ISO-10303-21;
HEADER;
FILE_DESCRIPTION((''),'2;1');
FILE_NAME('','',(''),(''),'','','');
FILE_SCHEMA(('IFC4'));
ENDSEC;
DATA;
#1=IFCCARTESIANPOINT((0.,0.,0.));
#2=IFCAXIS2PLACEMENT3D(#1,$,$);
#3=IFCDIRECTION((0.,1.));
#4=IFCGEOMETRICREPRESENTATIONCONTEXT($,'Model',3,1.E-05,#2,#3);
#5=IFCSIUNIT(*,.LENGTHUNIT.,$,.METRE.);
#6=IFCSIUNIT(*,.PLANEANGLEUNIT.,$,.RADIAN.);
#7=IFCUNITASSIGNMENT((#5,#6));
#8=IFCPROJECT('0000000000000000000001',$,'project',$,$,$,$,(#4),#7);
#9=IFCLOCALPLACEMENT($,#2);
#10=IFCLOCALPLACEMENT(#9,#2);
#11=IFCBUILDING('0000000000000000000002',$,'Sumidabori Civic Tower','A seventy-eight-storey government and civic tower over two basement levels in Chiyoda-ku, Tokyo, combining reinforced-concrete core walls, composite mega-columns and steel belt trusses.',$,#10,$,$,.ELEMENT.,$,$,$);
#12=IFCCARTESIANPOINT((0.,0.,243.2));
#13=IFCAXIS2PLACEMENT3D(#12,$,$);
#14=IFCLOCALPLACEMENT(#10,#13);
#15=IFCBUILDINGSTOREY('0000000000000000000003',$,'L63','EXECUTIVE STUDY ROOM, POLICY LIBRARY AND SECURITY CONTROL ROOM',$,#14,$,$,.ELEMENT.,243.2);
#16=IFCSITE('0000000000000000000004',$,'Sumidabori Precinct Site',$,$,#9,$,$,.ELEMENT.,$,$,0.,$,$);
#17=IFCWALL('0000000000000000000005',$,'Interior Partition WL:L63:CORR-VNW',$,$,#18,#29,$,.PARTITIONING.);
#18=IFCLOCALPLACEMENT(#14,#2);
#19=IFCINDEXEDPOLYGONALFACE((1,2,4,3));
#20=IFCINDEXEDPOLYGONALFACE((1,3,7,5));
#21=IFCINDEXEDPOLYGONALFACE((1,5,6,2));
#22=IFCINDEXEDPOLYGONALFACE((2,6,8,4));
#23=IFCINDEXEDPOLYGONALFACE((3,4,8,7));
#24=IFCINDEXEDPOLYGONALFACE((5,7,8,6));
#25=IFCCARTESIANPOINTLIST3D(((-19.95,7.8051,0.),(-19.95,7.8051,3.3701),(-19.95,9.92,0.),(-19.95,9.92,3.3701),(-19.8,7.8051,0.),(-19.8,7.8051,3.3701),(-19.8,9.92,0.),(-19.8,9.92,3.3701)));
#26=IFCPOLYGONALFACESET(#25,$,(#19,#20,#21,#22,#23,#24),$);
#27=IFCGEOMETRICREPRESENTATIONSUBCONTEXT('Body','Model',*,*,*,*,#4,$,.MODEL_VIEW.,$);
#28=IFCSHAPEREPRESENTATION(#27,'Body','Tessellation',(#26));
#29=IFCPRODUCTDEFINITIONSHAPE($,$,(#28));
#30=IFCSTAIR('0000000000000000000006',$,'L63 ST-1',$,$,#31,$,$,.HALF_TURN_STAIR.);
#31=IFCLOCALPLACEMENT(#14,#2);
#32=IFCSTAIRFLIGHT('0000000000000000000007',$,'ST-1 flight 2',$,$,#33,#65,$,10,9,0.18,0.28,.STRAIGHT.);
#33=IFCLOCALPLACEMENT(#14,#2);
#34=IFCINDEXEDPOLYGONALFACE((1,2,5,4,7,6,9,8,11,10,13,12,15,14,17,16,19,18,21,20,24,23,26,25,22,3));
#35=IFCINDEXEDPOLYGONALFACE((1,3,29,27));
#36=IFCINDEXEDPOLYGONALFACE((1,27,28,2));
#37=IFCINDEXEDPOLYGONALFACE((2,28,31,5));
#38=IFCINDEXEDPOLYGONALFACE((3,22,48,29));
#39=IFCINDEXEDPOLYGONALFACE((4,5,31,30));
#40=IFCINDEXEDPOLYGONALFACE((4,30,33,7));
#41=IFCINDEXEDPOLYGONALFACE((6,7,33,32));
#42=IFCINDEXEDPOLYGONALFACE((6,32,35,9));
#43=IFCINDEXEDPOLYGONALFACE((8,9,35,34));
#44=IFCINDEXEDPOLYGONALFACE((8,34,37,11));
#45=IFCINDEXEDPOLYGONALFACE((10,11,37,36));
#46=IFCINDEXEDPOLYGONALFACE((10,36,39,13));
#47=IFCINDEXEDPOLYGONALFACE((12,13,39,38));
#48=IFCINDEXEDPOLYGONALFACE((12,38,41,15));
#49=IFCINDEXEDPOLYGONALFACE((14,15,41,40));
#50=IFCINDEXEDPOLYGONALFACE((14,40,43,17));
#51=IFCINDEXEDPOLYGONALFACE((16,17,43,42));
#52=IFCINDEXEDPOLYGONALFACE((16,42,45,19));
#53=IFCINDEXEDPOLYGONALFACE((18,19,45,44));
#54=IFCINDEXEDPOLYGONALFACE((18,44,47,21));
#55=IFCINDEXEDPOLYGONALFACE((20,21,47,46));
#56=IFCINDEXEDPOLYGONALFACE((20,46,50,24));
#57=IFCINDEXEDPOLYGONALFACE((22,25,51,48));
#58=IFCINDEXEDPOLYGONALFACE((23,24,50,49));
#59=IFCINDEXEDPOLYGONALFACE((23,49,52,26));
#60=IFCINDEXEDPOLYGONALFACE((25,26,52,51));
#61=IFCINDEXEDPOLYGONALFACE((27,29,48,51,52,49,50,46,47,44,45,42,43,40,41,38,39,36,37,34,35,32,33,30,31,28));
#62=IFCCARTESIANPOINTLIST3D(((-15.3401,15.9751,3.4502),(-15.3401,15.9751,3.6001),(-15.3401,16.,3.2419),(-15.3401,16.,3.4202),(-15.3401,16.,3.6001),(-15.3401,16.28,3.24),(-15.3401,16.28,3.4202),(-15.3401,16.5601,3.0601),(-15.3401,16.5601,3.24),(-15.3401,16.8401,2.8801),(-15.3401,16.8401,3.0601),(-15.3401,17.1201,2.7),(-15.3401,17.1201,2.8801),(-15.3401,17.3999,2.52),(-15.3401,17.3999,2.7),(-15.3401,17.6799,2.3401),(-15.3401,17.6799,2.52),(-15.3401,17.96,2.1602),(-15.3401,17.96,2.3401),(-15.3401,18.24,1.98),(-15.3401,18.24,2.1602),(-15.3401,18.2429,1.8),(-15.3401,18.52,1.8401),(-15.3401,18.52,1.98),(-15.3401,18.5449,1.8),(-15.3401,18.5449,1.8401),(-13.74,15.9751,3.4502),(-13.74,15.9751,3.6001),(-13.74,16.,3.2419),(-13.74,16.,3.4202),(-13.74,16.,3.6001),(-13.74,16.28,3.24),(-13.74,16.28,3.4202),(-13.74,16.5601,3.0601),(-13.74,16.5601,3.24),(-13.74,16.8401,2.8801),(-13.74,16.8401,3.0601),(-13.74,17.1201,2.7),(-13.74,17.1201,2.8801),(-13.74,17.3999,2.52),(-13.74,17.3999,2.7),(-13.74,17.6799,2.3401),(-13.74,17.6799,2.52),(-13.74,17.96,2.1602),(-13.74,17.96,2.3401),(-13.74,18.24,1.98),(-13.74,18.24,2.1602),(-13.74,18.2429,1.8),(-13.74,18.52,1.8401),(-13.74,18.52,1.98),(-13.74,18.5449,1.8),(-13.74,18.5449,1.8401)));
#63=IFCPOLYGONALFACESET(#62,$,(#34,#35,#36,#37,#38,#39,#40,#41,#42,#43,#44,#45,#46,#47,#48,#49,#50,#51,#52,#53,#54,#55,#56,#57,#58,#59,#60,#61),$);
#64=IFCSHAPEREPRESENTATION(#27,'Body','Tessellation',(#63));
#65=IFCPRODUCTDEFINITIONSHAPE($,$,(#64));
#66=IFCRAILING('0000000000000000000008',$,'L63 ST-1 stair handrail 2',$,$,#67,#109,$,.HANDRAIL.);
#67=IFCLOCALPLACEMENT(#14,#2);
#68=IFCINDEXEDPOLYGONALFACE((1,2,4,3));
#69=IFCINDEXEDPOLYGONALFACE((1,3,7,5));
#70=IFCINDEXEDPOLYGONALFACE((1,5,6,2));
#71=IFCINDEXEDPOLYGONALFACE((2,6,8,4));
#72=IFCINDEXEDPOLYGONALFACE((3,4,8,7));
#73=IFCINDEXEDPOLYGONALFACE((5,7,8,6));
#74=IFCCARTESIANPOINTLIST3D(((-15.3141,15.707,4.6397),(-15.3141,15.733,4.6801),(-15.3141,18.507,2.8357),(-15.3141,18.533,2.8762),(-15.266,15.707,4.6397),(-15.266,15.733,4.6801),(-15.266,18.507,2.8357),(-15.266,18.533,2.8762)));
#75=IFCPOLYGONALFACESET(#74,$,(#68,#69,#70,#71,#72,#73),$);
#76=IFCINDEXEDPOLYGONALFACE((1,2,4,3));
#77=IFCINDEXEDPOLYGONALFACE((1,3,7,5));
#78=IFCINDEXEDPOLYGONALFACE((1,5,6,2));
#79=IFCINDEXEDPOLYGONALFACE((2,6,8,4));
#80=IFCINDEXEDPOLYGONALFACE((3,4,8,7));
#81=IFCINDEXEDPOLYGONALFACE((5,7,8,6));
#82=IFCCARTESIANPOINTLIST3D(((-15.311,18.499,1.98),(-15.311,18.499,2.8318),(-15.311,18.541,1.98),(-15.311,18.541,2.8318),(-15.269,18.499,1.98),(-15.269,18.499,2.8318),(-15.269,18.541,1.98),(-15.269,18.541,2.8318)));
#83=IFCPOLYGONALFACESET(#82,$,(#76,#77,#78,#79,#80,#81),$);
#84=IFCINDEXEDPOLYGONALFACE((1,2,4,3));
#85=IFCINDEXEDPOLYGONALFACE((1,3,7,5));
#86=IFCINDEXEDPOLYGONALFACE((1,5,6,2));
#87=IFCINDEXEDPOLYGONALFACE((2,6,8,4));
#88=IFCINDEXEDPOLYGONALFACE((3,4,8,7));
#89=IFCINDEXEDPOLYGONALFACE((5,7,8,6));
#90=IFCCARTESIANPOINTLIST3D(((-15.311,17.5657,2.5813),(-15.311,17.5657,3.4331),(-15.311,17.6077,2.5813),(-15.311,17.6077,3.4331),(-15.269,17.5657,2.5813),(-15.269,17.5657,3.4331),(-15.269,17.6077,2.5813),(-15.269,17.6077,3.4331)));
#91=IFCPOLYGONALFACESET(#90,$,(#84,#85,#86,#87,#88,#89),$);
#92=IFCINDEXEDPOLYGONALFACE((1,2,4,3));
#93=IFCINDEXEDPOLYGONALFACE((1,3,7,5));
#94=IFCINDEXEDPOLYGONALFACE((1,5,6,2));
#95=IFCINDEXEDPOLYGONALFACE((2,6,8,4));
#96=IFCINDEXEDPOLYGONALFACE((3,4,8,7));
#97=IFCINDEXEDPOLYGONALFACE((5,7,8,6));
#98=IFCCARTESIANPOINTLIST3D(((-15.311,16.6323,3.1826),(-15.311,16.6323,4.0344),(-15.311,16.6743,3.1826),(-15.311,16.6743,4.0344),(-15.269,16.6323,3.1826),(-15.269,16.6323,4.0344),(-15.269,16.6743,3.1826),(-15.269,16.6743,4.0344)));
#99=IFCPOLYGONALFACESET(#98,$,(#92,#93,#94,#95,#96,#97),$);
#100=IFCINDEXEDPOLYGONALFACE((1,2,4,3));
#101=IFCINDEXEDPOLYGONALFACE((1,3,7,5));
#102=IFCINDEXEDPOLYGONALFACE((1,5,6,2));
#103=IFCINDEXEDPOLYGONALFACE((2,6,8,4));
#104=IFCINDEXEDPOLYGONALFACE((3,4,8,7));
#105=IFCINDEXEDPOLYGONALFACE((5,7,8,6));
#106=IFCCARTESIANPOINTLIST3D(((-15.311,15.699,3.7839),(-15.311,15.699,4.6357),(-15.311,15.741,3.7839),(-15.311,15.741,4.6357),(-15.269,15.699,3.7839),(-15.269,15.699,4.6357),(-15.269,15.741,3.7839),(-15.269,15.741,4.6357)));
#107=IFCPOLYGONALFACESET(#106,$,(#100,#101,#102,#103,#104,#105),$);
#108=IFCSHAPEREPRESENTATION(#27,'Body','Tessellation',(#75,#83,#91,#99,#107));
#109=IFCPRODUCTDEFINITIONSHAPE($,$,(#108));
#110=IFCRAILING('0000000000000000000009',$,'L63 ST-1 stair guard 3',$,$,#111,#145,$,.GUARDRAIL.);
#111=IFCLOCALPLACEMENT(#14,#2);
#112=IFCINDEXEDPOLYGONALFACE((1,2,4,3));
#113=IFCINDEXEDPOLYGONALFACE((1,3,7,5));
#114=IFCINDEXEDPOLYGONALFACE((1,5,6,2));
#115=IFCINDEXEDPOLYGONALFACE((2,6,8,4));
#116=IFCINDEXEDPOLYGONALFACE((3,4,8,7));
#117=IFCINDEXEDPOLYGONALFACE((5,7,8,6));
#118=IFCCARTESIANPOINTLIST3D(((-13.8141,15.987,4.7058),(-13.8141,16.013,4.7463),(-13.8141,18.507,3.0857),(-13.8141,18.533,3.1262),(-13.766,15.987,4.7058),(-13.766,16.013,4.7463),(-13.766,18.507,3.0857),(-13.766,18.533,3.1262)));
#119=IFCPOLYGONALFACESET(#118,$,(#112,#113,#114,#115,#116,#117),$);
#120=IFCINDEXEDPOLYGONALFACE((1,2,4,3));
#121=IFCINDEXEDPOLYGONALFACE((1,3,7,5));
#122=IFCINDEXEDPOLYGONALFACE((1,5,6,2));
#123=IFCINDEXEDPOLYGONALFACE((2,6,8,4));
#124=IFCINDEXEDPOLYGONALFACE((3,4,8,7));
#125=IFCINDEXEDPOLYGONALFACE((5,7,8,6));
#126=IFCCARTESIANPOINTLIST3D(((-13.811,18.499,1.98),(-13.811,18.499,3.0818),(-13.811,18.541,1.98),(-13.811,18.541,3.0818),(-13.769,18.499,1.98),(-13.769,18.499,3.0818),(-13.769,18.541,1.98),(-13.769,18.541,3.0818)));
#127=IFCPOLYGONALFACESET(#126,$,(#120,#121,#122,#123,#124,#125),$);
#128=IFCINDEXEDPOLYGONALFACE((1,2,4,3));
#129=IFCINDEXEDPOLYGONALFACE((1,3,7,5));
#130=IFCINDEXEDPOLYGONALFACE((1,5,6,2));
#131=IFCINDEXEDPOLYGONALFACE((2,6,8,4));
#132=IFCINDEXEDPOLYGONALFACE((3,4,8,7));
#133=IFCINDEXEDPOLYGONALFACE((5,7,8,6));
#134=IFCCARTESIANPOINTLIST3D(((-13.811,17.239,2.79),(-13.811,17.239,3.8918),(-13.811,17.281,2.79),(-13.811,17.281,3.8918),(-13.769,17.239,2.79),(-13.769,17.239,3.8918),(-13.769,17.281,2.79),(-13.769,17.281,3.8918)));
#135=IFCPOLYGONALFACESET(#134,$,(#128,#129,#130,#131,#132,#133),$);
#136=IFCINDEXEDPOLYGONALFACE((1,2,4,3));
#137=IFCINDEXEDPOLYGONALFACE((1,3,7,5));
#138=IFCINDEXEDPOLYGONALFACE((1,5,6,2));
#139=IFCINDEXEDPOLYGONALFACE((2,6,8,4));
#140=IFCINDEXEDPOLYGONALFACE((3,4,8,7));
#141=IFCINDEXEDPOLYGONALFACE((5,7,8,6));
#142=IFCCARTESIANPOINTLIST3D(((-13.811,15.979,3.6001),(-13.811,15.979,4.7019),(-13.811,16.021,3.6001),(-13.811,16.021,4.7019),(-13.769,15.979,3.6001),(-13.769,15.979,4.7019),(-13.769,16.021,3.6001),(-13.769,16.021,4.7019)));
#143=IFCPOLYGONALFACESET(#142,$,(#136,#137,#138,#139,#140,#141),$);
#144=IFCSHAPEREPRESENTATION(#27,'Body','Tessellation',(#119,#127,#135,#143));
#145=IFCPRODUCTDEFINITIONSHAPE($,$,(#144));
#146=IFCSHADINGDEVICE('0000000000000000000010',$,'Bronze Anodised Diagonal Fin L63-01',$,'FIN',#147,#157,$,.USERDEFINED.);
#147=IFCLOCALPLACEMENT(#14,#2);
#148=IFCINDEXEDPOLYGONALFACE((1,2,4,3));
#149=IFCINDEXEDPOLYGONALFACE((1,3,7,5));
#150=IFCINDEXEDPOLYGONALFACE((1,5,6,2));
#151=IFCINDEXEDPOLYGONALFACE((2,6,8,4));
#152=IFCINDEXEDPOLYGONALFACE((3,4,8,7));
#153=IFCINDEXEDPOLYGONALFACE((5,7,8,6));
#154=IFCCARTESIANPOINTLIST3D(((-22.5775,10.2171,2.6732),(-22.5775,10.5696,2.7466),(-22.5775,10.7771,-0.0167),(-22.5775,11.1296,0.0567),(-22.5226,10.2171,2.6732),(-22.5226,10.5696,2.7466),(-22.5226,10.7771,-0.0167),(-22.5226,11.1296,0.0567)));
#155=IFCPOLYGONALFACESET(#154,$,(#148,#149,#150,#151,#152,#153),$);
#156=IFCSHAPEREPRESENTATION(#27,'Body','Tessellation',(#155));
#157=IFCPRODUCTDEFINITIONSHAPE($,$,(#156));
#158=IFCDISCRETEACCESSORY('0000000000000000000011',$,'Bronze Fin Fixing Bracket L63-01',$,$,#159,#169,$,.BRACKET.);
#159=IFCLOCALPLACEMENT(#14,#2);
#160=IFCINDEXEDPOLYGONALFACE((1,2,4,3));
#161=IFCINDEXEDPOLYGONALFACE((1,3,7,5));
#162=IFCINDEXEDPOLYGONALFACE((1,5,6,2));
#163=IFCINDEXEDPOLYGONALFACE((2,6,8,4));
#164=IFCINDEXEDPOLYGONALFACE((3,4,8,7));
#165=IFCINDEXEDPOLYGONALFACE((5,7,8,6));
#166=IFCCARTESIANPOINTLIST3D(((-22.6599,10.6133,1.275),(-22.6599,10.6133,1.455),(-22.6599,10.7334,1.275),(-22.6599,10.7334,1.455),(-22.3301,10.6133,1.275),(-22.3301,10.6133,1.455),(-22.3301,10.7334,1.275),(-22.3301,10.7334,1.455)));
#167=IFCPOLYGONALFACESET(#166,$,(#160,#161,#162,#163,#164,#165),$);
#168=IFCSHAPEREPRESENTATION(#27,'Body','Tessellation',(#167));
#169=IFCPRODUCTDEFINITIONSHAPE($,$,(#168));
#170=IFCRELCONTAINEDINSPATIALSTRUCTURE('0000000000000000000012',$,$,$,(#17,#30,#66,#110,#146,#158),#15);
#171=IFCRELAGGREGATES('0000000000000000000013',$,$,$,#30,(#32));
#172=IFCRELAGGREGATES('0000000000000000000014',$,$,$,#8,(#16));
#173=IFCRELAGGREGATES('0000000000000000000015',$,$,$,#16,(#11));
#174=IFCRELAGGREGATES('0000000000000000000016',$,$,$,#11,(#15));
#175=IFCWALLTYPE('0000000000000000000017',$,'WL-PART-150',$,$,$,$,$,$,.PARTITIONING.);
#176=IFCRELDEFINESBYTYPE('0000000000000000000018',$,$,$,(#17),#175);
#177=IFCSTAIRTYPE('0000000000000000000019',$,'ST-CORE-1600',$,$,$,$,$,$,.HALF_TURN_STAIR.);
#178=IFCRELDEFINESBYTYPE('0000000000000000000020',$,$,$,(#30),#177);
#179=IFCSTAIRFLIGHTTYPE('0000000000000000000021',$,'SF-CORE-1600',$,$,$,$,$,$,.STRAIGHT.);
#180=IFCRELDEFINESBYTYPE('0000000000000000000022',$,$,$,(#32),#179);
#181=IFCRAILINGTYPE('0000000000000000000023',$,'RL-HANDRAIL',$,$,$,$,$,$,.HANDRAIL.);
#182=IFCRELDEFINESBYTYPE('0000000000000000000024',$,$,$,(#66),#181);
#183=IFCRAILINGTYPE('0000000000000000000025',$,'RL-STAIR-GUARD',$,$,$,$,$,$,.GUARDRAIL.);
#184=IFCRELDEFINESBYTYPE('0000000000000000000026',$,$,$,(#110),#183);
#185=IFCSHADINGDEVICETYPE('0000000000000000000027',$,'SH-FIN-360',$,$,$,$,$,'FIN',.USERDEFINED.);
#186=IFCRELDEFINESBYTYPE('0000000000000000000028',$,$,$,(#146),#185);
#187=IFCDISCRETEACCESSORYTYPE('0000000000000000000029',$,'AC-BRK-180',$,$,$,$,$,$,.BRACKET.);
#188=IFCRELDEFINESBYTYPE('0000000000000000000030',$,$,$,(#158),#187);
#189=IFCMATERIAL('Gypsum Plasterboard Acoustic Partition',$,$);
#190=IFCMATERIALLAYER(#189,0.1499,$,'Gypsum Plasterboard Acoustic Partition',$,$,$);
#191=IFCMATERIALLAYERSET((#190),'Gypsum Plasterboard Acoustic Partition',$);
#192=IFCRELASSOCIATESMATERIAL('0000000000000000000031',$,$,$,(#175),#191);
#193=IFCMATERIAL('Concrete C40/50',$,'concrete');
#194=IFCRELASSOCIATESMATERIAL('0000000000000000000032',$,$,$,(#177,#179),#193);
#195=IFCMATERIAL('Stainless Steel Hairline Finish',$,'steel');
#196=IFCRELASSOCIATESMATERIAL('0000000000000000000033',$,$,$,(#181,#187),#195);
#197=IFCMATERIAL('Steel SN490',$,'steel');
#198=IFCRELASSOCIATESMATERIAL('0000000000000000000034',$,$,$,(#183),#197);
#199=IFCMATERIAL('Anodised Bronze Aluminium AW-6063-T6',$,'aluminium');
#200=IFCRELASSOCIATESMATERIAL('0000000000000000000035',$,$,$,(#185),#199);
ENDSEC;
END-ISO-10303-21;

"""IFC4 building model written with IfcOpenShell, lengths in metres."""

from ifc_helpers import new_model, si_unit, direction, frame, frame_2d, origin, origin_2d, place, context, subcontext, project, spatial, polyline, rectangle, outline, extrude, source, transform, mapped, material, layer, layer_set, material_profile, profile_set, type_object, element, aggregate, save


model = new_model("IFC4")

# Units and contexts
model_context = context("Model", 3, precision=1e-05, world=origin(), true_north=direction((0.0, 1.0)))
body_context = subcontext(model_context, "Body", "Model", "MODEL_VIEW")
ifc_project = project(units=[si_unit("LENGTHUNIT", "METRE"), si_unit("PLANEANGLEUNIT", "RADIAN")], contexts=[model_context])

# Site, building, storey
site_placement = place(None, origin())
site = spatial("IfcSite", under=ifc_project, at=site_placement, Name="Sumidabori Precinct Site", CompositionType="ELEMENT", RefElevation=0.0)
building_placement = place(site_placement, origin())
building = spatial("IfcBuilding", under=site, at=building_placement, Name="Sumidabori Civic Tower", Description="A seventy-eight-storey government and civic tower over two basement levels in Chiyoda-ku, Tokyo, combining reinforced-concrete core walls, composite mega-columns and steel belt trusses.", CompositionType="ELEMENT")
storey_placement = place(building_placement, frame((0.0, 0.0, 243.2)))
storey = spatial("IfcBuildingStorey", under=building, at=storey_placement, Name="L63", Description="EXECUTIVE STUDY ROOM, POLICY LIBRARY AND SECURITY CONTROL ROOM", CompositionType="ELEMENT", Elevation=243.2)

# Shared definitions
ifc_material_1 = material(Name="Steel SN490", Category="steel")

# Shared definitions
ifc_material_2 = material(Name="Anodised Bronze Aluminium AW-6063-T6", Category="aluminium")

# Shared definitions
ifc_material_3 = material(Name="Gypsum Plasterboard Acoustic Partition")
ifc_layer_1 = layer(ifc_material_3, 0.1499, Name="Gypsum Plasterboard Acoustic Partition")
ifc_layer_set_1 = layer_set([ifc_layer_1], Name="Gypsum Plasterboard Acoustic Partition")
wall_type_1 = type_object("IfcWallType", Name="WL-PART-150", PredefinedType="PARTITIONING", material=ifc_layer_set_1)

# Wall
shared_shape_1 = source(origin(), body_context, "Body", "SweptSolid", [
    extrude(rectangle(XDim=2.115, YDim=0.1499, at=frame_2d((1.0576, 0.0))), origin(), (0.0, 0.0, 1.0), 3.3701),
])
wall_1_placement = place(storey_placement, frame((-19.875, 7.8049, 0.0), z_axis=(0.0, 0.0, 1.0), x_axis=(0.0, 1.0, 0.0)))
element("IfcWall", 1, at=wall_1_placement, inside=storey, type_object=wall_type_1, Name="Interior Partition WL:L63:CORR-VNW", PredefinedType="PARTITIONING", context=body_context, shape_type="MappedRepresentation", body=[
    mapped(shared_shape_1, transform((0.0, 0.0, 0.0), x_axis=(1.0, 0.0, 0.0), y_axis=(0.0, 1.0, 0.0), z_axis=(0.0, 0.0, 1.0), scale=1.0)),
])

# Stair, stair flight
ifc_material_4 = material(Name="Concrete C40/50", Category="concrete")
stair_type = type_object("IfcStairType", Name="ST-CORE-1600", PredefinedType="HALF_TURN_STAIR", material=ifc_material_4)
stair_placement = place(storey_placement, origin())
stair = element("IfcStair", 2, at=stair_placement, inside=storey, type_object=stair_type, Name="L63 ST-1", PredefinedType="HALF_TURN_STAIR")
stair_flight_type = type_object("IfcStairFlightType", Name="SF-CORE-1600", PredefinedType="STRAIGHT", material=ifc_material_4)
shared_shape_2 = source(origin(), body_context, "Body", "SweptSolid", [
    extrude(outline(polyline([(-0.0249, 0.0), (-0.0249, 0.04), (0.0, 0.04), (0.0, 0.1799), (0.28, 0.1799), (0.28, 0.3601), (0.5601, 0.3601), (0.5601, 0.54), (0.8401, 0.54), (0.8401, 0.72), (1.1201, 0.72), (1.1201, 0.8999), (1.3999, 0.8999), (1.3999, 1.0801), (1.6799, 1.0801), (1.6799, 1.26), (1.96, 1.26), (1.96, 1.4399), (2.24, 1.4399), (2.24, 1.6201), (2.52, 1.6201), (2.52, 1.8), (2.5449, 1.8), (2.5449, 1.6501), (2.52, 1.4419), (0.2771, 0.0), (-0.0249, 0.0)])), frame((0.0, 0.8, 0.0), z_axis=(0.0, -1.0, 0.0), x_axis=(1.0, 0.0, 0.0)), (0.0, 0.0, 1.0), 1.6001),
])
stair_flight_placement = place(storey_placement, frame((-14.54, 18.52, 1.8), z_axis=(0.0, 0.0, 1.0), x_axis=(0.0, -1.0, 0.0)))
stair_flight = element("IfcStairFlight", 3, at=stair_flight_placement, type_object=stair_flight_type, Name="ST-1 flight 2", NumberOfRisers=10, NumberOfTreads=9, PredefinedType="STRAIGHT", RiserHeight=0.18, TreadLength=0.28, context=body_context, shape_type="MappedRepresentation", body=[
    mapped(shared_shape_2, transform((0.0, 0.0, 0.0), x_axis=(1.0, 0.0, 0.0), y_axis=(0.0, 1.0, 0.0), z_axis=(0.0, 0.0, 1.0), scale=1.0)),
])
aggregate(stair, [stair_flight])

# Railings
ifc_material_5 = material(Name="Stainless Steel Hairline Finish", Category="steel")
railing_type_1 = type_object("IfcRailingType", Name="RL-HANDRAIL", PredefinedType="HANDRAIL", material=ifc_material_5)
railing_1_placement = place(storey_placement, frame((-15.29, 18.52, 1.98)))
element("IfcRailing", 4, at=railing_1_placement, inside=storey, type_object=railing_type_1, Name="L63 ST-1 stair handrail 2", PredefinedType="HANDRAIL", context=body_context, shape_type="SweptSolid", body=[
    extrude(rectangle(XDim=0.0481, YDim=0.0481, at=origin_2d()), frame((0.0, 0.0, 0.876), z_axis=(0.0, -0.840642, 0.541591), x_axis=(1.0, 0.0, 0.0)), (0.0, 0.0, 1.0), 3.3308),
    extrude(rectangle(XDim=0.042, YDim=0.042, at=origin_2d()), origin(), (0.0, 0.0, 1.0), 0.8518),
    extrude(rectangle(XDim=0.042, YDim=0.042, at=origin_2d()), frame((0.0, -0.9333, 0.6013)), (0.0, 0.0, 1.0), 0.8518),
    extrude(rectangle(XDim=0.042, YDim=0.042, at=origin_2d()), frame((0.0, -1.8667, 1.2026)), (0.0, 0.0, 1.0), 0.8518),
    extrude(rectangle(XDim=0.042, YDim=0.042, at=origin_2d()), frame((0.0, -2.8, 1.804)), (0.0, 0.0, 1.0), 0.8518),
])
railing_type_2 = type_object("IfcRailingType", Name="RL-STAIR-GUARD", PredefinedType="GUARDRAIL", material=ifc_material_1)
railing_2_placement = place(storey_placement, frame((-13.79, 18.52, 1.98)))
element("IfcRailing", 5, at=railing_2_placement, inside=storey, type_object=railing_type_2, Name="L63 ST-1 stair guard 3", PredefinedType="GUARDRAIL", context=body_context, shape_type="SweptSolid", body=[
    extrude(rectangle(XDim=0.0481, YDim=0.0481, at=origin_2d()), frame((0.0, 0.0, 1.126), z_axis=(0.0, -0.841163, 0.540782), x_axis=(1.0, 0.0, 0.0)), (0.0, 0.0, 1.0), 2.9958),
    extrude(rectangle(XDim=0.042, YDim=0.042, at=origin_2d()), origin(), (0.0, 0.0, 1.0), 1.1018),
    extrude(rectangle(XDim=0.042, YDim=0.042, at=origin_2d()), frame((0.0, -1.26, 0.8101)), (0.0, 0.0, 1.0), 1.1018),
    extrude(rectangle(XDim=0.042, YDim=0.042, at=origin_2d()), frame((0.0, -2.52, 1.6201)), (0.0, 0.0, 1.0), 1.1018),
])

# Shading device
ifc_material_profile_1 = material_profile(ifc_material_2, rectangle(XDim=0.0549, YDim=0.3601, at=origin_2d()), Name="BRONZE FIN 360x55")
ifc_profile_set_1 = profile_set([ifc_material_profile_1], Name="Anodised Bronze Aluminium AW-6063-T6")
shading_device_type = type_object("IfcShadingDeviceType", Name="SH-FIN-360", ElementType="FIN", PredefinedType="USERDEFINED", material=ifc_profile_set_1)
shared_shape_3 = source(origin(), body_context, "Body", "SweptSolid", [
    extrude(rectangle(XDim=0.0549, YDim=0.3601, at=origin_2d()), origin(), (0.0, 0.0, 1.0), 2.7476),
])
shading_device_placement = place(storey_placement, frame((-22.55, 10.9534, 0.02), z_axis=(0.0, -0.203834, 0.979006), x_axis=(-1.0, 0.0, 0.0)))
element("IfcShadingDevice", 6, at=shading_device_placement, inside=storey, type_object=shading_device_type, Name="Bronze Anodised Diagonal Fin L63-01", ObjectType="FIN", PredefinedType="USERDEFINED", context=body_context, shape_type="MappedRepresentation", body=[
    mapped(shared_shape_3, transform((0.0, 0.0, 0.0), x_axis=(1.0, 0.0, 0.0), y_axis=(0.0, 1.0, 0.0), z_axis=(0.0, 0.0, 1.0), scale=1.0)),
])

# Discrete accessory
ifc_material_profile_2 = material_profile(ifc_material_5, rectangle(XDim=0.1201, YDim=0.1799, at=origin_2d()), Name="STEEL BRACKET 180x120")
ifc_profile_set_2 = profile_set([ifc_material_profile_2], Name="Stainless Steel Hairline Finish")
discrete_accessory_type = type_object("IfcDiscreteAccessoryType", Name="AC-BRK-180", PredefinedType="BRACKET", material=ifc_profile_set_2)
shared_shape_4 = source(origin(), body_context, "Body", "SweptSolid", [
    extrude(rectangle(XDim=0.1201, YDim=0.1799, at=origin_2d()), origin(), (0.0, 0.0, 1.0), 0.3298),
])
discrete_accessory_placement = place(storey_placement, frame((-22.3301, 10.6733, 1.365), z_axis=(-1.0, 0.0, 0.0), x_axis=(0.0, -1.0, 0.0)))
element("IfcDiscreteAccessory", 7, at=discrete_accessory_placement, inside=storey, type_object=discrete_accessory_type, Name="Bronze Fin Fixing Bracket L63-01", PredefinedType="BRACKET", context=body_context, shape_type="MappedRepresentation", body=[
    mapped(shared_shape_4, transform((0.0, 0.0, 0.0), x_axis=(1.0, 0.0, 0.0), y_axis=(0.0, 1.0, 0.0), z_axis=(0.0, 0.0, 1.0), scale=1.0)),
])

save(model, "model.ifc")
